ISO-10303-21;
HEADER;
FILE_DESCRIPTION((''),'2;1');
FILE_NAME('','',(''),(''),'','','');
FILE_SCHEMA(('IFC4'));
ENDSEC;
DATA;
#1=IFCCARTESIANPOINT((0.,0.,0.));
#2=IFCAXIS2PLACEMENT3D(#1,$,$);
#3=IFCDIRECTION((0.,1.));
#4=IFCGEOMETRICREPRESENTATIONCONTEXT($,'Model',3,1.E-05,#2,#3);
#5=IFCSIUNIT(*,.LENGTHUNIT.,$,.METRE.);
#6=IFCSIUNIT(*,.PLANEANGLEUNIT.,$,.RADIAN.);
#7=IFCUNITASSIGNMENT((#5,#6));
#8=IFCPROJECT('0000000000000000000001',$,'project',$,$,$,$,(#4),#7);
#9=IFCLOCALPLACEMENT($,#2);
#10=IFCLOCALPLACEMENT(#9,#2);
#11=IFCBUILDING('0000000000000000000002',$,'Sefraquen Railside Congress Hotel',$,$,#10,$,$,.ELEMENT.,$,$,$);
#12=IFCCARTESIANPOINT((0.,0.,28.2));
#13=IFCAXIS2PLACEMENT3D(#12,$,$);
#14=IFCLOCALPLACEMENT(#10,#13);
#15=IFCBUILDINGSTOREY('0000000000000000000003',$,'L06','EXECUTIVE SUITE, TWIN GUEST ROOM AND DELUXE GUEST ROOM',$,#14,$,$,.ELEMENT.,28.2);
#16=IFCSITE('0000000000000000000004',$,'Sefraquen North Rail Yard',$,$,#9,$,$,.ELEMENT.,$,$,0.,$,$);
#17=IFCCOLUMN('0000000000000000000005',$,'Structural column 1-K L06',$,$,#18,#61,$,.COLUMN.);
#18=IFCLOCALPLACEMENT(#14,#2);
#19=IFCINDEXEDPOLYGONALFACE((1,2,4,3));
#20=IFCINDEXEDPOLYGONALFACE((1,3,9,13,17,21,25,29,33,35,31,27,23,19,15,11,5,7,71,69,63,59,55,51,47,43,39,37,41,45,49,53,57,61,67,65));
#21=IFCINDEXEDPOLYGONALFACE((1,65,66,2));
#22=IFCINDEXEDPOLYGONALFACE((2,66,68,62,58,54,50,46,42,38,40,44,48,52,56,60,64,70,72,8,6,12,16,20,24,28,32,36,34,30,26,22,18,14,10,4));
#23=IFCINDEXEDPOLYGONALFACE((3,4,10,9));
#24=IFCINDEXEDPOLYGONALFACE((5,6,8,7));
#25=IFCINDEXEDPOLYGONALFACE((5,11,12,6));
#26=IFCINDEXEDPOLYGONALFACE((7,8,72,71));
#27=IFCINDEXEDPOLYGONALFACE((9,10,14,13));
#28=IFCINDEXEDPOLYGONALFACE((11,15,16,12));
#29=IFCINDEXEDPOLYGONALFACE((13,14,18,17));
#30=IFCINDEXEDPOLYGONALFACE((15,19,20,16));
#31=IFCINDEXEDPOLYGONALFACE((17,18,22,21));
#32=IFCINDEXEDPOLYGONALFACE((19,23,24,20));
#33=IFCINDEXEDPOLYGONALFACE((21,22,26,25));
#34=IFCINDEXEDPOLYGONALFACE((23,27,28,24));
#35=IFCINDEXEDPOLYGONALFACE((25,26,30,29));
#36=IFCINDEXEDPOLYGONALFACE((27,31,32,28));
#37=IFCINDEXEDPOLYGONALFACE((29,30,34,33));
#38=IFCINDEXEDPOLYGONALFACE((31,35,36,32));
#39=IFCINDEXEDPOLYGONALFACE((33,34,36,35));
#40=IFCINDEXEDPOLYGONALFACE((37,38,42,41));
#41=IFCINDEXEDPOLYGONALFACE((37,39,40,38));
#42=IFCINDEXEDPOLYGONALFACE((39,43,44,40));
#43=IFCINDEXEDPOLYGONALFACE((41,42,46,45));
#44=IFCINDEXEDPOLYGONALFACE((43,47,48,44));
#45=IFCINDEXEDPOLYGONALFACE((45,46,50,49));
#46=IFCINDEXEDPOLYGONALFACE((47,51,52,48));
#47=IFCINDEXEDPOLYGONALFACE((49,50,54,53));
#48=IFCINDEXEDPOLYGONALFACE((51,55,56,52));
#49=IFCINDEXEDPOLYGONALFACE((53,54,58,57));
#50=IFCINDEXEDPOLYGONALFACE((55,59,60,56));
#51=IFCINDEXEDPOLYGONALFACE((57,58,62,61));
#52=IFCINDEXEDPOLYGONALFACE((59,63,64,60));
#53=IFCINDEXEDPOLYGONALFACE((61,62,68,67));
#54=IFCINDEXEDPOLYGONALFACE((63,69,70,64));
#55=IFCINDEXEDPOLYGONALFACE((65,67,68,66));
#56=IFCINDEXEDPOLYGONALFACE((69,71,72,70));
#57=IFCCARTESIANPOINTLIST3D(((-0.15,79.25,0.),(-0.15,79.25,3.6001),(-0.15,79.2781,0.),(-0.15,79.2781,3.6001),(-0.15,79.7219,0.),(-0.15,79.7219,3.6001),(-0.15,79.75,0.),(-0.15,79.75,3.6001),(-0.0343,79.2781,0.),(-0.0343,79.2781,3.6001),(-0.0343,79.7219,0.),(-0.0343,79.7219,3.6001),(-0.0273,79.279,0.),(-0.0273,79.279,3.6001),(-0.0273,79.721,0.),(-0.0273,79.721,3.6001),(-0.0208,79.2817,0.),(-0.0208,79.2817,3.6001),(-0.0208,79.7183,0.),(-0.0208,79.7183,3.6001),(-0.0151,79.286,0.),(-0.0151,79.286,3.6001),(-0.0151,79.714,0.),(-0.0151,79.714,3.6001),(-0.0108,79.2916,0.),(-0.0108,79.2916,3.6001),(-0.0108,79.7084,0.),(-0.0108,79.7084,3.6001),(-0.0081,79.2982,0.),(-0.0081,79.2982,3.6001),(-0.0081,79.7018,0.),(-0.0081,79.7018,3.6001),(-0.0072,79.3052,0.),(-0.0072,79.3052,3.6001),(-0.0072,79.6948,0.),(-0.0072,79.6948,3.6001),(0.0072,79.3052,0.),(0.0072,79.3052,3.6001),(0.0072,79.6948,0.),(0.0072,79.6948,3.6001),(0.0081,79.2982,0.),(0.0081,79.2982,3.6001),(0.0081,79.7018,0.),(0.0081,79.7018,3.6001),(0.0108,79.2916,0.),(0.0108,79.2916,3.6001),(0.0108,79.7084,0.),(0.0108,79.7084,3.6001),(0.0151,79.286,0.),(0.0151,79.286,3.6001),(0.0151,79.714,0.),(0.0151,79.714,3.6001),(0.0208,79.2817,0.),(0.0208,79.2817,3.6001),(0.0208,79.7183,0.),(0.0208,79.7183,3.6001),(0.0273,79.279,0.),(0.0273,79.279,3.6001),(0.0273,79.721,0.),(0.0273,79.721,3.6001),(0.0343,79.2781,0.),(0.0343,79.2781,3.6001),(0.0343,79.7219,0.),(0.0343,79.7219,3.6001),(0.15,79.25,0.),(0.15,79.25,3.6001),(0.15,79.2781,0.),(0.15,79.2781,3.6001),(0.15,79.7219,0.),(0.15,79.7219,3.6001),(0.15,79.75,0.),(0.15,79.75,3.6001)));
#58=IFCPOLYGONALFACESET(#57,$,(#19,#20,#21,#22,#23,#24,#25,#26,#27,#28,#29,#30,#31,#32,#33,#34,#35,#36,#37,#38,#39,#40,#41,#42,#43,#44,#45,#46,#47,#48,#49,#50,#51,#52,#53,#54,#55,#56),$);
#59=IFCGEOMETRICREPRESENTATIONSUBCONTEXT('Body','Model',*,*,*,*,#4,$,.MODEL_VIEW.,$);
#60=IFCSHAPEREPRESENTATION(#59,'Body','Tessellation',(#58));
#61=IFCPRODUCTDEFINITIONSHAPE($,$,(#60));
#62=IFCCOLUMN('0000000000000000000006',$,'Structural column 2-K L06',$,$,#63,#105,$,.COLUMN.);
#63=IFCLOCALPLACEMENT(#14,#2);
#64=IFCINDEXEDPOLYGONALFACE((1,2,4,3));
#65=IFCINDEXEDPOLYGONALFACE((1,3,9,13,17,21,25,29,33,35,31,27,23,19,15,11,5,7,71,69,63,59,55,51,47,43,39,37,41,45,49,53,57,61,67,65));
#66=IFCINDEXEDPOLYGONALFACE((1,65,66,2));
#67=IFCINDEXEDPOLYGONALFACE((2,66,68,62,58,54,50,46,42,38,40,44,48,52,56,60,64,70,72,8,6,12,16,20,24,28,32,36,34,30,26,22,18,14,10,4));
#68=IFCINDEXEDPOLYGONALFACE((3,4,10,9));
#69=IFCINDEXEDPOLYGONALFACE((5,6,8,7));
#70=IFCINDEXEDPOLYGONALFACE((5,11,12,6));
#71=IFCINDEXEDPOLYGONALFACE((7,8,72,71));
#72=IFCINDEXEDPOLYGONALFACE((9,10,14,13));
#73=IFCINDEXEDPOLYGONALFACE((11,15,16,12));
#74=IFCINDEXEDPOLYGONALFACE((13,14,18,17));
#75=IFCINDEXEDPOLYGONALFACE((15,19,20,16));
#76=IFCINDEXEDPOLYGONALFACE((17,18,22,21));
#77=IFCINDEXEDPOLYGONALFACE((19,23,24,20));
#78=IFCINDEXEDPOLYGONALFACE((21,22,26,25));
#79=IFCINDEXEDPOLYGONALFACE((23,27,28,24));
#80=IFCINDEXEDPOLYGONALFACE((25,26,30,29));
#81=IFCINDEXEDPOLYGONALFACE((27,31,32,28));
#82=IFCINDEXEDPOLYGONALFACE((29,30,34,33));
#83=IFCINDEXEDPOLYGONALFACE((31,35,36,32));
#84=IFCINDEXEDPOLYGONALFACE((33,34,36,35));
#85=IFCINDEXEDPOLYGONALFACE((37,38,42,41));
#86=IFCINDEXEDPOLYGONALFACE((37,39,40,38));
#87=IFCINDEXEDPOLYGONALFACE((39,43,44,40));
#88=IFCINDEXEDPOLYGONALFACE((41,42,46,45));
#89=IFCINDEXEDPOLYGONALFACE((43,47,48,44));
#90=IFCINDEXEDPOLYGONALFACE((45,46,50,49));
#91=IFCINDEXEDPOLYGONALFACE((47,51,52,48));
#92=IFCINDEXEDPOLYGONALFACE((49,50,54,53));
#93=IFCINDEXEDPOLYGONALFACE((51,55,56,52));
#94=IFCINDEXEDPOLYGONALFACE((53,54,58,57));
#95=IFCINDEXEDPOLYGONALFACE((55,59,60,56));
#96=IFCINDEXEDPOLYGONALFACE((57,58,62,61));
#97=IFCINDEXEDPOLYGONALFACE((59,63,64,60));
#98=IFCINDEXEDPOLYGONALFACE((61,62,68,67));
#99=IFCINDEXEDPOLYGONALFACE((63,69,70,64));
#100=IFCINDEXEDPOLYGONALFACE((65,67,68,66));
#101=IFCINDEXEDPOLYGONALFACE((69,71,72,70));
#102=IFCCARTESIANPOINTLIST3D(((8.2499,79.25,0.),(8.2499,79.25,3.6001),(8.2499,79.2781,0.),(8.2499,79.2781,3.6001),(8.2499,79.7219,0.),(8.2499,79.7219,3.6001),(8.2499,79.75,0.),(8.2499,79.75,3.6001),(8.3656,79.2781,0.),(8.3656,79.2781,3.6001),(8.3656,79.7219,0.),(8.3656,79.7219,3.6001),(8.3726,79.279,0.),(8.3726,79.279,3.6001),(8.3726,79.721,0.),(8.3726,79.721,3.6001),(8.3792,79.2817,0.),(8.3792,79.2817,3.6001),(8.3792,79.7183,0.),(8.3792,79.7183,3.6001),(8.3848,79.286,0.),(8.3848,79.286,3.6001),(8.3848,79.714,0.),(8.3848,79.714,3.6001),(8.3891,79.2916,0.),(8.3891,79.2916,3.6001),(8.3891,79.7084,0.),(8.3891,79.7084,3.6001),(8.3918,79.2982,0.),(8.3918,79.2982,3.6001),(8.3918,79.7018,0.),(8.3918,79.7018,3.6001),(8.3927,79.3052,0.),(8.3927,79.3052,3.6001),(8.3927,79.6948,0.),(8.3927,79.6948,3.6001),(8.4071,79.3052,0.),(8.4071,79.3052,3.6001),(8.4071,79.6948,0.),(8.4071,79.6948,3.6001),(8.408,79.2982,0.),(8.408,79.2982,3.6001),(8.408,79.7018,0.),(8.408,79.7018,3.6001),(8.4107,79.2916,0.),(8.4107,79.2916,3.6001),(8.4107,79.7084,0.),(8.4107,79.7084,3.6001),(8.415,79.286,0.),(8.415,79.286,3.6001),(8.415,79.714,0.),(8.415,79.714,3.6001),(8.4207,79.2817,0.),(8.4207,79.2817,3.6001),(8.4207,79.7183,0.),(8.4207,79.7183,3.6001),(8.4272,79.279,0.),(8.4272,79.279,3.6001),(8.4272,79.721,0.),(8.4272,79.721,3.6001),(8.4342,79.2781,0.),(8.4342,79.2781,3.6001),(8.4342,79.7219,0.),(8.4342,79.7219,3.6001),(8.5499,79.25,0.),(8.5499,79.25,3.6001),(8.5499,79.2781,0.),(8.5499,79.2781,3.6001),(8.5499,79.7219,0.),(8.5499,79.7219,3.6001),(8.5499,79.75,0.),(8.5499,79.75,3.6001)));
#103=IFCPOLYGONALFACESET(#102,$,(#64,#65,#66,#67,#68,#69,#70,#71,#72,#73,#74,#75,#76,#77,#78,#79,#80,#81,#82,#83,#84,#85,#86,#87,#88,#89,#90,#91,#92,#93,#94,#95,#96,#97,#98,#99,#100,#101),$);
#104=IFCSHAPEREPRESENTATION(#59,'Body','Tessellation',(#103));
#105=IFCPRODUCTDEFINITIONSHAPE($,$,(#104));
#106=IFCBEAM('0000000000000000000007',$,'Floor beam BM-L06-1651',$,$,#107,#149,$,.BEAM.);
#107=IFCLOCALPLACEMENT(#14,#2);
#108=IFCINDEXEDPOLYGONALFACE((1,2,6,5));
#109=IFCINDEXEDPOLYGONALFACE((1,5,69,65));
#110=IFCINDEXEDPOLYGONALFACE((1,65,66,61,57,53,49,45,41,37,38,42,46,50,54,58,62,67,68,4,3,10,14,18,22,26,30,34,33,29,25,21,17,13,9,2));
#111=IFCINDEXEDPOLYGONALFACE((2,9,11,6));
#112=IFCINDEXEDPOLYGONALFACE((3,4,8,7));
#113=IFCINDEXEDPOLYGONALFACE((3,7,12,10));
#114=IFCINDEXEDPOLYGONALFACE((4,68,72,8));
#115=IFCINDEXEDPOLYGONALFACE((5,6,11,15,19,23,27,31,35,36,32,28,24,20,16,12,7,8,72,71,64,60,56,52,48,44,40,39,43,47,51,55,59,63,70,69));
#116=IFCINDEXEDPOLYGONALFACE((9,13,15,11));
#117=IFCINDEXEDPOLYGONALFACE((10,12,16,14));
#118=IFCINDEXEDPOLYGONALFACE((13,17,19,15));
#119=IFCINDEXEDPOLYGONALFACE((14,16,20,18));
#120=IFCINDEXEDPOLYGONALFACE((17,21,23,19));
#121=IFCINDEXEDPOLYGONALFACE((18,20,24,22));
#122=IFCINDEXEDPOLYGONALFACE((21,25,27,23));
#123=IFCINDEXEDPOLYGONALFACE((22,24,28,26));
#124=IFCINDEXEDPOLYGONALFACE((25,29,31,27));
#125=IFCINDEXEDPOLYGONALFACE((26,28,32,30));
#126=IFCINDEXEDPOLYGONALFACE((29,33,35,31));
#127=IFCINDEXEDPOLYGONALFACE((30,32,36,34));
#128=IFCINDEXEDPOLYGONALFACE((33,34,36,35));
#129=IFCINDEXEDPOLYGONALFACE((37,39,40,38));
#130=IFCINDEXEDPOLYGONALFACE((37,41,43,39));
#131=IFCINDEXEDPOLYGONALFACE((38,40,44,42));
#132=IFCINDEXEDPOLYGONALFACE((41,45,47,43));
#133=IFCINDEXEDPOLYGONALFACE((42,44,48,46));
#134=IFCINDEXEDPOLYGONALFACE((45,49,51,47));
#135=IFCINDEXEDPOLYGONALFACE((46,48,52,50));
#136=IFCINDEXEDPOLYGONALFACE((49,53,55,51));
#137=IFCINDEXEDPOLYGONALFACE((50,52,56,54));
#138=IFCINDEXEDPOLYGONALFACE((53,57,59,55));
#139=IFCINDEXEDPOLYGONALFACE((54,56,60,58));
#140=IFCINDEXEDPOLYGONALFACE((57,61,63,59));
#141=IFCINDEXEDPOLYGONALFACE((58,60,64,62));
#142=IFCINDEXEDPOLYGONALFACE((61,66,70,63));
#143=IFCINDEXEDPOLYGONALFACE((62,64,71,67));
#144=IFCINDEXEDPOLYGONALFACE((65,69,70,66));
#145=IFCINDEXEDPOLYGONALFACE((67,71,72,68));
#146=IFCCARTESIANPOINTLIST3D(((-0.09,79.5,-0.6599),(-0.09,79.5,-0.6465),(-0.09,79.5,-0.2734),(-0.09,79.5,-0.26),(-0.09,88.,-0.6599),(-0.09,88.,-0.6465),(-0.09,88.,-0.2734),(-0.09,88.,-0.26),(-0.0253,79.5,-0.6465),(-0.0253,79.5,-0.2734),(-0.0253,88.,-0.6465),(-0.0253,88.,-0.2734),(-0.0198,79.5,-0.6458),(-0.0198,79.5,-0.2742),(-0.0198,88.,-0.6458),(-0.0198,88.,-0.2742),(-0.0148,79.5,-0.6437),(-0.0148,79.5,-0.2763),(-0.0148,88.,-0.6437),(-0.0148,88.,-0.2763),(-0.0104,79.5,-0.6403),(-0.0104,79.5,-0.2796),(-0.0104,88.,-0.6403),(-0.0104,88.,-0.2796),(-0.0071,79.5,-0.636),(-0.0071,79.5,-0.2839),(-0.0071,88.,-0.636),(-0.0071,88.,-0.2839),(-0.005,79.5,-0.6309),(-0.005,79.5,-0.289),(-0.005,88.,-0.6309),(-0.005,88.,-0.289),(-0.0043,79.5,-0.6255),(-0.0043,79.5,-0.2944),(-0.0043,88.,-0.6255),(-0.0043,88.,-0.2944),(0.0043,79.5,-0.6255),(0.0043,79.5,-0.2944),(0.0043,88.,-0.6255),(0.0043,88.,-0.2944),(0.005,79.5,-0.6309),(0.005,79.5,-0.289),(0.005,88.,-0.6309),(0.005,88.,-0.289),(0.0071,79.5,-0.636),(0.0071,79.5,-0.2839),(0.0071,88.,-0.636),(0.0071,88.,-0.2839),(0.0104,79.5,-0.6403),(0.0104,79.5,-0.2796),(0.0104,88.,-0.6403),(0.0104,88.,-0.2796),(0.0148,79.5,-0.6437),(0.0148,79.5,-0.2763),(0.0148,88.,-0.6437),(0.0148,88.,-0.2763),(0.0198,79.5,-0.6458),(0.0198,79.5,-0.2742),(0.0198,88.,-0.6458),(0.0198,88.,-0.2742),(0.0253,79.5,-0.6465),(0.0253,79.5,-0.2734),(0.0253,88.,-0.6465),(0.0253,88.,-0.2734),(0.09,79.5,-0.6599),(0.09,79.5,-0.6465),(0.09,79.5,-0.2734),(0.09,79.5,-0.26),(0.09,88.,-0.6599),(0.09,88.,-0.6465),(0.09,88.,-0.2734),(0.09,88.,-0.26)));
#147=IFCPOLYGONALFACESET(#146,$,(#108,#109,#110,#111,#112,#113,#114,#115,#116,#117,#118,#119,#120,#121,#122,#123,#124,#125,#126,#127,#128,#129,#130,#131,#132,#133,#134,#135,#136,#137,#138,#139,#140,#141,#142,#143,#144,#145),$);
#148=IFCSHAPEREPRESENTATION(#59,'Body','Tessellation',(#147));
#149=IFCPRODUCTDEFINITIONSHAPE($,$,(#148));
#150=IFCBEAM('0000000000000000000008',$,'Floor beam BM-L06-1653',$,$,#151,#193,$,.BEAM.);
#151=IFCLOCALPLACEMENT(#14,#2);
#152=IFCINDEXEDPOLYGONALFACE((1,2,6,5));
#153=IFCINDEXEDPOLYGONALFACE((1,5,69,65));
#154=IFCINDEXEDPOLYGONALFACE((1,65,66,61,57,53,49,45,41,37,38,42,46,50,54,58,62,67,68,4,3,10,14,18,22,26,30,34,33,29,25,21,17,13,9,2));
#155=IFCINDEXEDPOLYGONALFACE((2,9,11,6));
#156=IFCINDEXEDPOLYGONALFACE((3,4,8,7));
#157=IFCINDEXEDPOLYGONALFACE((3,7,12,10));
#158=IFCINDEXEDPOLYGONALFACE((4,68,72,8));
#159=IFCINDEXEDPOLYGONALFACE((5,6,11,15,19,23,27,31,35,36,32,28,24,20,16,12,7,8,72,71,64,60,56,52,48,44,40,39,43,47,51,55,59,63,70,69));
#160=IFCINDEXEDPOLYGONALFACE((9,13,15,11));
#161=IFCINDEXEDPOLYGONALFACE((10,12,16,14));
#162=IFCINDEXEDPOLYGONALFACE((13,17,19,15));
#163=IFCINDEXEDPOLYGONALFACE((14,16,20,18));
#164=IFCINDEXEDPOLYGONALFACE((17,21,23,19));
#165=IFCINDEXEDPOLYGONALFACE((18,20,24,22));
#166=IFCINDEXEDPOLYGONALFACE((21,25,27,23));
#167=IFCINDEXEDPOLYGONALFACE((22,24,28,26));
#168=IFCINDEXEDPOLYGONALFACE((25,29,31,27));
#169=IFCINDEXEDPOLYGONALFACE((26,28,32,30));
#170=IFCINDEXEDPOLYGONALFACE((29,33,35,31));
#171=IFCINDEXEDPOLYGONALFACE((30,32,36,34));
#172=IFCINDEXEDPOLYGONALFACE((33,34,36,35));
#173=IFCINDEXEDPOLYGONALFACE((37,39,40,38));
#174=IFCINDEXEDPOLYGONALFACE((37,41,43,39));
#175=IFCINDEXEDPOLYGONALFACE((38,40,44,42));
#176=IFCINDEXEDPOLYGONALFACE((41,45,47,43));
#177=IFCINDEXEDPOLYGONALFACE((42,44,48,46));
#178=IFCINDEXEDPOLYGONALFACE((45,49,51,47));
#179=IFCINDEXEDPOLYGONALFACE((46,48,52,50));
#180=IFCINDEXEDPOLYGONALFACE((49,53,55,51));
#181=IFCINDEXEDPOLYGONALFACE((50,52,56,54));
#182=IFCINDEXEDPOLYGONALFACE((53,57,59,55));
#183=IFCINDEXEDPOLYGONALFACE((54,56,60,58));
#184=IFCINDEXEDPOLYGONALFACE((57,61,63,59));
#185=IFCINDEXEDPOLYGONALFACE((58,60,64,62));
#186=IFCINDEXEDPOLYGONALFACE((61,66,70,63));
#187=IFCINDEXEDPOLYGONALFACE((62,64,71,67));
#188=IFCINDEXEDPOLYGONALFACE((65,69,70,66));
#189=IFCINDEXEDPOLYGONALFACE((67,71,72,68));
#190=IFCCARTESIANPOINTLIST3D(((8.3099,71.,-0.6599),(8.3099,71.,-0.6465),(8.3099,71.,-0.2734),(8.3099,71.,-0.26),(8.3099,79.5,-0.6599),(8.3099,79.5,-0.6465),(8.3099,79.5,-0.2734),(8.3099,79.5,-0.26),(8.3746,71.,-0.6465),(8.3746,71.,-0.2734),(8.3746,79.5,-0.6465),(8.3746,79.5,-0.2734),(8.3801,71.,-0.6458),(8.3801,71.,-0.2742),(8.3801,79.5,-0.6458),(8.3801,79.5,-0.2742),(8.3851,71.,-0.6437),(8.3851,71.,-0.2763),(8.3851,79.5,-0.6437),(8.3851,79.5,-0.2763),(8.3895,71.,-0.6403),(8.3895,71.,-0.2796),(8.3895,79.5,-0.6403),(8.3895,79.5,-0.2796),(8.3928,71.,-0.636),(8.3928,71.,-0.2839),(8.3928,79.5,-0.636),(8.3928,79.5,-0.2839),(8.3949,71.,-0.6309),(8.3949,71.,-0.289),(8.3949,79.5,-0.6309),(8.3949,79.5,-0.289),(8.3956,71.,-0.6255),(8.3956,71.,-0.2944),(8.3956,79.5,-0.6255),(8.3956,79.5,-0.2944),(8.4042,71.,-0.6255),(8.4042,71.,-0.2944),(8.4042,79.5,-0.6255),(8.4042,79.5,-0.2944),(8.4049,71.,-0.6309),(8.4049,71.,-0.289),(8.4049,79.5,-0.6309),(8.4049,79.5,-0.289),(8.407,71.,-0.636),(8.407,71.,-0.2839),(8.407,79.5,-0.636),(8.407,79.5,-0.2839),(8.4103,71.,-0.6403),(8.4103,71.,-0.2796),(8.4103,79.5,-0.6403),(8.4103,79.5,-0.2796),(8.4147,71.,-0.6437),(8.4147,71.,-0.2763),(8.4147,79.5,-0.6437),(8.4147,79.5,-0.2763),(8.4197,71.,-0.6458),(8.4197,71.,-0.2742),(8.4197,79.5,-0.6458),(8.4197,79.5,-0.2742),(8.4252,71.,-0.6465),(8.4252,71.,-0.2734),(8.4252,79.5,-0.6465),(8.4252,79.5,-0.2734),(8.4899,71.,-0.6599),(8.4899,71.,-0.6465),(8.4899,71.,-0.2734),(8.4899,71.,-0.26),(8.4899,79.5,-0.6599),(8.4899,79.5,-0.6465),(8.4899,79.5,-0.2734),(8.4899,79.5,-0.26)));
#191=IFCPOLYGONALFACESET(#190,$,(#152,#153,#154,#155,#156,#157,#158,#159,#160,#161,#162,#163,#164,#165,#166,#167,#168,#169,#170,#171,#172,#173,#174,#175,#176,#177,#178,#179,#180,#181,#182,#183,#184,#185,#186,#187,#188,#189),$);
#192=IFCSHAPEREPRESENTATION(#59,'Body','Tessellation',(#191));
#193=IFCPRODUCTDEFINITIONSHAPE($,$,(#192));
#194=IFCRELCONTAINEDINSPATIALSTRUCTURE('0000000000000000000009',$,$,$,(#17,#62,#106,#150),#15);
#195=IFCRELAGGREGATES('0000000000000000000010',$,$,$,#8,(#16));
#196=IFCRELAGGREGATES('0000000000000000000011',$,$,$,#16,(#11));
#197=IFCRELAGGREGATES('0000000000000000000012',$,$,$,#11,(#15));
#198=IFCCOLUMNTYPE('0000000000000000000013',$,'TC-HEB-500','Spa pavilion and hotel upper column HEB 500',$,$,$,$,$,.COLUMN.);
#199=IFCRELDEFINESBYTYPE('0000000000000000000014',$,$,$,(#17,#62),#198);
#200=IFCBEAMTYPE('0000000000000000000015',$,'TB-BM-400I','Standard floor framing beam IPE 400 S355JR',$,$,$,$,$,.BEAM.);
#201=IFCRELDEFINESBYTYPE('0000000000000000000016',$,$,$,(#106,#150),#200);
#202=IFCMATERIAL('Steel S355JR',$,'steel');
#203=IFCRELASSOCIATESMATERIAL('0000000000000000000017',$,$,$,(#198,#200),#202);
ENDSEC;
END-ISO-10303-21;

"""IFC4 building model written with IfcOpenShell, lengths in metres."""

from ifc_helpers import new_model, si_unit, direction, frame, origin, origin_2d, place, context, subcontext, project, spatial, i_section, extrude, material, material_profile, profile_set, type_object, element, save


model = new_model("IFC4")

# Units and contexts
model_context = context("Model", 3, precision=1e-05, world=origin(), true_north=direction((0.0, 1.0)))
body_context = subcontext(model_context, "Body", "Model", "MODEL_VIEW")
ifc_project = project(units=[si_unit("LENGTHUNIT", "METRE"), si_unit("PLANEANGLEUNIT", "RADIAN")], contexts=[model_context])

# Site, building, storey
site_placement = place(None, origin())
site = spatial("IfcSite", under=ifc_project, at=site_placement, Name="Sefraquen North Rail Yard", CompositionType="ELEMENT", RefElevation=0.0)
building_placement = place(site_placement, origin())
building = spatial("IfcBuilding", under=site, at=building_placement, Name="Sefraquen Railside Congress Hotel", CompositionType="ELEMENT")
storey_placement = place(building_placement, frame((0.0, 0.0, 28.2)))
storey = spatial("IfcBuildingStorey", under=building, at=storey_placement, Name="L06", Description="EXECUTIVE SUITE, TWIN GUEST ROOM AND DELUXE GUEST ROOM", CompositionType="ELEMENT", Elevation=28.2)

# Columns
ifc_material_1 = material(Name="Steel S355JR", Category="steel")
ifc_material_profile_1 = material_profile(ifc_material_1, i_section(OverallWidth=0.3, OverallDepth=0.5, WebThickness=0.0144, FlangeThickness=0.0281, FilletRadius=0.0271, at=origin_2d()), Name="HEB 500")
ifc_profile_set_1 = profile_set([ifc_material_profile_1], Name="Steel S355JR")
column_type = type_object("IfcColumnType", Name="TC-HEB-500", Description="Spa pavilion and hotel upper column HEB 500", PredefinedType="COLUMN", material=ifc_profile_set_1)
for number, where, z_axis, x_axis, name in (
    (1, (0.0, 79.5, 0.0), (0.0, 0.0, 1.0), (1.0, 0.0, 0.0), "Structural column 1-K L06"),
    (2, (8.3999, 79.5, 0.0), (0.0, 0.0, 1.0), (1.0, 0.0, 0.0), "Structural column 2-K L06"),
):
    element("IfcColumn", number, at=place(storey_placement, frame(where, z_axis=z_axis, x_axis=x_axis)), inside=storey, type_object=column_type, Name=name, PredefinedType="COLUMN", context=body_context, shape_type="SweptSolid", body=[
        extrude(i_section(OverallWidth=0.3, OverallDepth=0.5, WebThickness=0.0144, FlangeThickness=0.0281, FilletRadius=0.0271, at=origin_2d()), origin(), (0.0, 0.0, 1.0), 3.6001),
    ])

# Beams
ifc_material_profile_2 = material_profile(ifc_material_1, i_section(OverallWidth=0.1799, OverallDepth=0.3999, WebThickness=0.0085, FlangeThickness=0.0134, FilletRadius=0.021, at=origin_2d()), Name="IPE 400")
ifc_profile_set_2 = profile_set([ifc_material_profile_2], Name="Steel S355JR")
beam_type_1 = type_object("IfcBeamType", Name="TB-BM-400I", Description="Standard floor framing beam IPE 400 S355JR", PredefinedType="BEAM", material=ifc_profile_set_2)
for number, where, z_axis, x_axis, name in (
    (3, (0.0, 79.5, -0.46), (0.0, 1.0, 0.0), (-1.0, 0.0, 0.0), "Floor beam BM-L06-1651"),
    (4, (8.3999, 71.0, -0.46), (0.0, 1.0, 0.0), (-1.0, 0.0, 0.0), "Floor beam BM-L06-1653"),
):
    element("IfcBeam", number, at=place(storey_placement, frame(where, z_axis=z_axis, x_axis=x_axis)), inside=storey, type_object=beam_type_1, Name=name, PredefinedType="BEAM", context=body_context, shape_type="SweptSolid", body=[
        extrude(i_section(OverallWidth=0.1799, OverallDepth=0.3999, WebThickness=0.0085, FlangeThickness=0.0134, FilletRadius=0.021, at=origin_2d()), origin(), (0.0, 0.0, 1.0), 8.5),
    ])

save(model, "model.ifc")
